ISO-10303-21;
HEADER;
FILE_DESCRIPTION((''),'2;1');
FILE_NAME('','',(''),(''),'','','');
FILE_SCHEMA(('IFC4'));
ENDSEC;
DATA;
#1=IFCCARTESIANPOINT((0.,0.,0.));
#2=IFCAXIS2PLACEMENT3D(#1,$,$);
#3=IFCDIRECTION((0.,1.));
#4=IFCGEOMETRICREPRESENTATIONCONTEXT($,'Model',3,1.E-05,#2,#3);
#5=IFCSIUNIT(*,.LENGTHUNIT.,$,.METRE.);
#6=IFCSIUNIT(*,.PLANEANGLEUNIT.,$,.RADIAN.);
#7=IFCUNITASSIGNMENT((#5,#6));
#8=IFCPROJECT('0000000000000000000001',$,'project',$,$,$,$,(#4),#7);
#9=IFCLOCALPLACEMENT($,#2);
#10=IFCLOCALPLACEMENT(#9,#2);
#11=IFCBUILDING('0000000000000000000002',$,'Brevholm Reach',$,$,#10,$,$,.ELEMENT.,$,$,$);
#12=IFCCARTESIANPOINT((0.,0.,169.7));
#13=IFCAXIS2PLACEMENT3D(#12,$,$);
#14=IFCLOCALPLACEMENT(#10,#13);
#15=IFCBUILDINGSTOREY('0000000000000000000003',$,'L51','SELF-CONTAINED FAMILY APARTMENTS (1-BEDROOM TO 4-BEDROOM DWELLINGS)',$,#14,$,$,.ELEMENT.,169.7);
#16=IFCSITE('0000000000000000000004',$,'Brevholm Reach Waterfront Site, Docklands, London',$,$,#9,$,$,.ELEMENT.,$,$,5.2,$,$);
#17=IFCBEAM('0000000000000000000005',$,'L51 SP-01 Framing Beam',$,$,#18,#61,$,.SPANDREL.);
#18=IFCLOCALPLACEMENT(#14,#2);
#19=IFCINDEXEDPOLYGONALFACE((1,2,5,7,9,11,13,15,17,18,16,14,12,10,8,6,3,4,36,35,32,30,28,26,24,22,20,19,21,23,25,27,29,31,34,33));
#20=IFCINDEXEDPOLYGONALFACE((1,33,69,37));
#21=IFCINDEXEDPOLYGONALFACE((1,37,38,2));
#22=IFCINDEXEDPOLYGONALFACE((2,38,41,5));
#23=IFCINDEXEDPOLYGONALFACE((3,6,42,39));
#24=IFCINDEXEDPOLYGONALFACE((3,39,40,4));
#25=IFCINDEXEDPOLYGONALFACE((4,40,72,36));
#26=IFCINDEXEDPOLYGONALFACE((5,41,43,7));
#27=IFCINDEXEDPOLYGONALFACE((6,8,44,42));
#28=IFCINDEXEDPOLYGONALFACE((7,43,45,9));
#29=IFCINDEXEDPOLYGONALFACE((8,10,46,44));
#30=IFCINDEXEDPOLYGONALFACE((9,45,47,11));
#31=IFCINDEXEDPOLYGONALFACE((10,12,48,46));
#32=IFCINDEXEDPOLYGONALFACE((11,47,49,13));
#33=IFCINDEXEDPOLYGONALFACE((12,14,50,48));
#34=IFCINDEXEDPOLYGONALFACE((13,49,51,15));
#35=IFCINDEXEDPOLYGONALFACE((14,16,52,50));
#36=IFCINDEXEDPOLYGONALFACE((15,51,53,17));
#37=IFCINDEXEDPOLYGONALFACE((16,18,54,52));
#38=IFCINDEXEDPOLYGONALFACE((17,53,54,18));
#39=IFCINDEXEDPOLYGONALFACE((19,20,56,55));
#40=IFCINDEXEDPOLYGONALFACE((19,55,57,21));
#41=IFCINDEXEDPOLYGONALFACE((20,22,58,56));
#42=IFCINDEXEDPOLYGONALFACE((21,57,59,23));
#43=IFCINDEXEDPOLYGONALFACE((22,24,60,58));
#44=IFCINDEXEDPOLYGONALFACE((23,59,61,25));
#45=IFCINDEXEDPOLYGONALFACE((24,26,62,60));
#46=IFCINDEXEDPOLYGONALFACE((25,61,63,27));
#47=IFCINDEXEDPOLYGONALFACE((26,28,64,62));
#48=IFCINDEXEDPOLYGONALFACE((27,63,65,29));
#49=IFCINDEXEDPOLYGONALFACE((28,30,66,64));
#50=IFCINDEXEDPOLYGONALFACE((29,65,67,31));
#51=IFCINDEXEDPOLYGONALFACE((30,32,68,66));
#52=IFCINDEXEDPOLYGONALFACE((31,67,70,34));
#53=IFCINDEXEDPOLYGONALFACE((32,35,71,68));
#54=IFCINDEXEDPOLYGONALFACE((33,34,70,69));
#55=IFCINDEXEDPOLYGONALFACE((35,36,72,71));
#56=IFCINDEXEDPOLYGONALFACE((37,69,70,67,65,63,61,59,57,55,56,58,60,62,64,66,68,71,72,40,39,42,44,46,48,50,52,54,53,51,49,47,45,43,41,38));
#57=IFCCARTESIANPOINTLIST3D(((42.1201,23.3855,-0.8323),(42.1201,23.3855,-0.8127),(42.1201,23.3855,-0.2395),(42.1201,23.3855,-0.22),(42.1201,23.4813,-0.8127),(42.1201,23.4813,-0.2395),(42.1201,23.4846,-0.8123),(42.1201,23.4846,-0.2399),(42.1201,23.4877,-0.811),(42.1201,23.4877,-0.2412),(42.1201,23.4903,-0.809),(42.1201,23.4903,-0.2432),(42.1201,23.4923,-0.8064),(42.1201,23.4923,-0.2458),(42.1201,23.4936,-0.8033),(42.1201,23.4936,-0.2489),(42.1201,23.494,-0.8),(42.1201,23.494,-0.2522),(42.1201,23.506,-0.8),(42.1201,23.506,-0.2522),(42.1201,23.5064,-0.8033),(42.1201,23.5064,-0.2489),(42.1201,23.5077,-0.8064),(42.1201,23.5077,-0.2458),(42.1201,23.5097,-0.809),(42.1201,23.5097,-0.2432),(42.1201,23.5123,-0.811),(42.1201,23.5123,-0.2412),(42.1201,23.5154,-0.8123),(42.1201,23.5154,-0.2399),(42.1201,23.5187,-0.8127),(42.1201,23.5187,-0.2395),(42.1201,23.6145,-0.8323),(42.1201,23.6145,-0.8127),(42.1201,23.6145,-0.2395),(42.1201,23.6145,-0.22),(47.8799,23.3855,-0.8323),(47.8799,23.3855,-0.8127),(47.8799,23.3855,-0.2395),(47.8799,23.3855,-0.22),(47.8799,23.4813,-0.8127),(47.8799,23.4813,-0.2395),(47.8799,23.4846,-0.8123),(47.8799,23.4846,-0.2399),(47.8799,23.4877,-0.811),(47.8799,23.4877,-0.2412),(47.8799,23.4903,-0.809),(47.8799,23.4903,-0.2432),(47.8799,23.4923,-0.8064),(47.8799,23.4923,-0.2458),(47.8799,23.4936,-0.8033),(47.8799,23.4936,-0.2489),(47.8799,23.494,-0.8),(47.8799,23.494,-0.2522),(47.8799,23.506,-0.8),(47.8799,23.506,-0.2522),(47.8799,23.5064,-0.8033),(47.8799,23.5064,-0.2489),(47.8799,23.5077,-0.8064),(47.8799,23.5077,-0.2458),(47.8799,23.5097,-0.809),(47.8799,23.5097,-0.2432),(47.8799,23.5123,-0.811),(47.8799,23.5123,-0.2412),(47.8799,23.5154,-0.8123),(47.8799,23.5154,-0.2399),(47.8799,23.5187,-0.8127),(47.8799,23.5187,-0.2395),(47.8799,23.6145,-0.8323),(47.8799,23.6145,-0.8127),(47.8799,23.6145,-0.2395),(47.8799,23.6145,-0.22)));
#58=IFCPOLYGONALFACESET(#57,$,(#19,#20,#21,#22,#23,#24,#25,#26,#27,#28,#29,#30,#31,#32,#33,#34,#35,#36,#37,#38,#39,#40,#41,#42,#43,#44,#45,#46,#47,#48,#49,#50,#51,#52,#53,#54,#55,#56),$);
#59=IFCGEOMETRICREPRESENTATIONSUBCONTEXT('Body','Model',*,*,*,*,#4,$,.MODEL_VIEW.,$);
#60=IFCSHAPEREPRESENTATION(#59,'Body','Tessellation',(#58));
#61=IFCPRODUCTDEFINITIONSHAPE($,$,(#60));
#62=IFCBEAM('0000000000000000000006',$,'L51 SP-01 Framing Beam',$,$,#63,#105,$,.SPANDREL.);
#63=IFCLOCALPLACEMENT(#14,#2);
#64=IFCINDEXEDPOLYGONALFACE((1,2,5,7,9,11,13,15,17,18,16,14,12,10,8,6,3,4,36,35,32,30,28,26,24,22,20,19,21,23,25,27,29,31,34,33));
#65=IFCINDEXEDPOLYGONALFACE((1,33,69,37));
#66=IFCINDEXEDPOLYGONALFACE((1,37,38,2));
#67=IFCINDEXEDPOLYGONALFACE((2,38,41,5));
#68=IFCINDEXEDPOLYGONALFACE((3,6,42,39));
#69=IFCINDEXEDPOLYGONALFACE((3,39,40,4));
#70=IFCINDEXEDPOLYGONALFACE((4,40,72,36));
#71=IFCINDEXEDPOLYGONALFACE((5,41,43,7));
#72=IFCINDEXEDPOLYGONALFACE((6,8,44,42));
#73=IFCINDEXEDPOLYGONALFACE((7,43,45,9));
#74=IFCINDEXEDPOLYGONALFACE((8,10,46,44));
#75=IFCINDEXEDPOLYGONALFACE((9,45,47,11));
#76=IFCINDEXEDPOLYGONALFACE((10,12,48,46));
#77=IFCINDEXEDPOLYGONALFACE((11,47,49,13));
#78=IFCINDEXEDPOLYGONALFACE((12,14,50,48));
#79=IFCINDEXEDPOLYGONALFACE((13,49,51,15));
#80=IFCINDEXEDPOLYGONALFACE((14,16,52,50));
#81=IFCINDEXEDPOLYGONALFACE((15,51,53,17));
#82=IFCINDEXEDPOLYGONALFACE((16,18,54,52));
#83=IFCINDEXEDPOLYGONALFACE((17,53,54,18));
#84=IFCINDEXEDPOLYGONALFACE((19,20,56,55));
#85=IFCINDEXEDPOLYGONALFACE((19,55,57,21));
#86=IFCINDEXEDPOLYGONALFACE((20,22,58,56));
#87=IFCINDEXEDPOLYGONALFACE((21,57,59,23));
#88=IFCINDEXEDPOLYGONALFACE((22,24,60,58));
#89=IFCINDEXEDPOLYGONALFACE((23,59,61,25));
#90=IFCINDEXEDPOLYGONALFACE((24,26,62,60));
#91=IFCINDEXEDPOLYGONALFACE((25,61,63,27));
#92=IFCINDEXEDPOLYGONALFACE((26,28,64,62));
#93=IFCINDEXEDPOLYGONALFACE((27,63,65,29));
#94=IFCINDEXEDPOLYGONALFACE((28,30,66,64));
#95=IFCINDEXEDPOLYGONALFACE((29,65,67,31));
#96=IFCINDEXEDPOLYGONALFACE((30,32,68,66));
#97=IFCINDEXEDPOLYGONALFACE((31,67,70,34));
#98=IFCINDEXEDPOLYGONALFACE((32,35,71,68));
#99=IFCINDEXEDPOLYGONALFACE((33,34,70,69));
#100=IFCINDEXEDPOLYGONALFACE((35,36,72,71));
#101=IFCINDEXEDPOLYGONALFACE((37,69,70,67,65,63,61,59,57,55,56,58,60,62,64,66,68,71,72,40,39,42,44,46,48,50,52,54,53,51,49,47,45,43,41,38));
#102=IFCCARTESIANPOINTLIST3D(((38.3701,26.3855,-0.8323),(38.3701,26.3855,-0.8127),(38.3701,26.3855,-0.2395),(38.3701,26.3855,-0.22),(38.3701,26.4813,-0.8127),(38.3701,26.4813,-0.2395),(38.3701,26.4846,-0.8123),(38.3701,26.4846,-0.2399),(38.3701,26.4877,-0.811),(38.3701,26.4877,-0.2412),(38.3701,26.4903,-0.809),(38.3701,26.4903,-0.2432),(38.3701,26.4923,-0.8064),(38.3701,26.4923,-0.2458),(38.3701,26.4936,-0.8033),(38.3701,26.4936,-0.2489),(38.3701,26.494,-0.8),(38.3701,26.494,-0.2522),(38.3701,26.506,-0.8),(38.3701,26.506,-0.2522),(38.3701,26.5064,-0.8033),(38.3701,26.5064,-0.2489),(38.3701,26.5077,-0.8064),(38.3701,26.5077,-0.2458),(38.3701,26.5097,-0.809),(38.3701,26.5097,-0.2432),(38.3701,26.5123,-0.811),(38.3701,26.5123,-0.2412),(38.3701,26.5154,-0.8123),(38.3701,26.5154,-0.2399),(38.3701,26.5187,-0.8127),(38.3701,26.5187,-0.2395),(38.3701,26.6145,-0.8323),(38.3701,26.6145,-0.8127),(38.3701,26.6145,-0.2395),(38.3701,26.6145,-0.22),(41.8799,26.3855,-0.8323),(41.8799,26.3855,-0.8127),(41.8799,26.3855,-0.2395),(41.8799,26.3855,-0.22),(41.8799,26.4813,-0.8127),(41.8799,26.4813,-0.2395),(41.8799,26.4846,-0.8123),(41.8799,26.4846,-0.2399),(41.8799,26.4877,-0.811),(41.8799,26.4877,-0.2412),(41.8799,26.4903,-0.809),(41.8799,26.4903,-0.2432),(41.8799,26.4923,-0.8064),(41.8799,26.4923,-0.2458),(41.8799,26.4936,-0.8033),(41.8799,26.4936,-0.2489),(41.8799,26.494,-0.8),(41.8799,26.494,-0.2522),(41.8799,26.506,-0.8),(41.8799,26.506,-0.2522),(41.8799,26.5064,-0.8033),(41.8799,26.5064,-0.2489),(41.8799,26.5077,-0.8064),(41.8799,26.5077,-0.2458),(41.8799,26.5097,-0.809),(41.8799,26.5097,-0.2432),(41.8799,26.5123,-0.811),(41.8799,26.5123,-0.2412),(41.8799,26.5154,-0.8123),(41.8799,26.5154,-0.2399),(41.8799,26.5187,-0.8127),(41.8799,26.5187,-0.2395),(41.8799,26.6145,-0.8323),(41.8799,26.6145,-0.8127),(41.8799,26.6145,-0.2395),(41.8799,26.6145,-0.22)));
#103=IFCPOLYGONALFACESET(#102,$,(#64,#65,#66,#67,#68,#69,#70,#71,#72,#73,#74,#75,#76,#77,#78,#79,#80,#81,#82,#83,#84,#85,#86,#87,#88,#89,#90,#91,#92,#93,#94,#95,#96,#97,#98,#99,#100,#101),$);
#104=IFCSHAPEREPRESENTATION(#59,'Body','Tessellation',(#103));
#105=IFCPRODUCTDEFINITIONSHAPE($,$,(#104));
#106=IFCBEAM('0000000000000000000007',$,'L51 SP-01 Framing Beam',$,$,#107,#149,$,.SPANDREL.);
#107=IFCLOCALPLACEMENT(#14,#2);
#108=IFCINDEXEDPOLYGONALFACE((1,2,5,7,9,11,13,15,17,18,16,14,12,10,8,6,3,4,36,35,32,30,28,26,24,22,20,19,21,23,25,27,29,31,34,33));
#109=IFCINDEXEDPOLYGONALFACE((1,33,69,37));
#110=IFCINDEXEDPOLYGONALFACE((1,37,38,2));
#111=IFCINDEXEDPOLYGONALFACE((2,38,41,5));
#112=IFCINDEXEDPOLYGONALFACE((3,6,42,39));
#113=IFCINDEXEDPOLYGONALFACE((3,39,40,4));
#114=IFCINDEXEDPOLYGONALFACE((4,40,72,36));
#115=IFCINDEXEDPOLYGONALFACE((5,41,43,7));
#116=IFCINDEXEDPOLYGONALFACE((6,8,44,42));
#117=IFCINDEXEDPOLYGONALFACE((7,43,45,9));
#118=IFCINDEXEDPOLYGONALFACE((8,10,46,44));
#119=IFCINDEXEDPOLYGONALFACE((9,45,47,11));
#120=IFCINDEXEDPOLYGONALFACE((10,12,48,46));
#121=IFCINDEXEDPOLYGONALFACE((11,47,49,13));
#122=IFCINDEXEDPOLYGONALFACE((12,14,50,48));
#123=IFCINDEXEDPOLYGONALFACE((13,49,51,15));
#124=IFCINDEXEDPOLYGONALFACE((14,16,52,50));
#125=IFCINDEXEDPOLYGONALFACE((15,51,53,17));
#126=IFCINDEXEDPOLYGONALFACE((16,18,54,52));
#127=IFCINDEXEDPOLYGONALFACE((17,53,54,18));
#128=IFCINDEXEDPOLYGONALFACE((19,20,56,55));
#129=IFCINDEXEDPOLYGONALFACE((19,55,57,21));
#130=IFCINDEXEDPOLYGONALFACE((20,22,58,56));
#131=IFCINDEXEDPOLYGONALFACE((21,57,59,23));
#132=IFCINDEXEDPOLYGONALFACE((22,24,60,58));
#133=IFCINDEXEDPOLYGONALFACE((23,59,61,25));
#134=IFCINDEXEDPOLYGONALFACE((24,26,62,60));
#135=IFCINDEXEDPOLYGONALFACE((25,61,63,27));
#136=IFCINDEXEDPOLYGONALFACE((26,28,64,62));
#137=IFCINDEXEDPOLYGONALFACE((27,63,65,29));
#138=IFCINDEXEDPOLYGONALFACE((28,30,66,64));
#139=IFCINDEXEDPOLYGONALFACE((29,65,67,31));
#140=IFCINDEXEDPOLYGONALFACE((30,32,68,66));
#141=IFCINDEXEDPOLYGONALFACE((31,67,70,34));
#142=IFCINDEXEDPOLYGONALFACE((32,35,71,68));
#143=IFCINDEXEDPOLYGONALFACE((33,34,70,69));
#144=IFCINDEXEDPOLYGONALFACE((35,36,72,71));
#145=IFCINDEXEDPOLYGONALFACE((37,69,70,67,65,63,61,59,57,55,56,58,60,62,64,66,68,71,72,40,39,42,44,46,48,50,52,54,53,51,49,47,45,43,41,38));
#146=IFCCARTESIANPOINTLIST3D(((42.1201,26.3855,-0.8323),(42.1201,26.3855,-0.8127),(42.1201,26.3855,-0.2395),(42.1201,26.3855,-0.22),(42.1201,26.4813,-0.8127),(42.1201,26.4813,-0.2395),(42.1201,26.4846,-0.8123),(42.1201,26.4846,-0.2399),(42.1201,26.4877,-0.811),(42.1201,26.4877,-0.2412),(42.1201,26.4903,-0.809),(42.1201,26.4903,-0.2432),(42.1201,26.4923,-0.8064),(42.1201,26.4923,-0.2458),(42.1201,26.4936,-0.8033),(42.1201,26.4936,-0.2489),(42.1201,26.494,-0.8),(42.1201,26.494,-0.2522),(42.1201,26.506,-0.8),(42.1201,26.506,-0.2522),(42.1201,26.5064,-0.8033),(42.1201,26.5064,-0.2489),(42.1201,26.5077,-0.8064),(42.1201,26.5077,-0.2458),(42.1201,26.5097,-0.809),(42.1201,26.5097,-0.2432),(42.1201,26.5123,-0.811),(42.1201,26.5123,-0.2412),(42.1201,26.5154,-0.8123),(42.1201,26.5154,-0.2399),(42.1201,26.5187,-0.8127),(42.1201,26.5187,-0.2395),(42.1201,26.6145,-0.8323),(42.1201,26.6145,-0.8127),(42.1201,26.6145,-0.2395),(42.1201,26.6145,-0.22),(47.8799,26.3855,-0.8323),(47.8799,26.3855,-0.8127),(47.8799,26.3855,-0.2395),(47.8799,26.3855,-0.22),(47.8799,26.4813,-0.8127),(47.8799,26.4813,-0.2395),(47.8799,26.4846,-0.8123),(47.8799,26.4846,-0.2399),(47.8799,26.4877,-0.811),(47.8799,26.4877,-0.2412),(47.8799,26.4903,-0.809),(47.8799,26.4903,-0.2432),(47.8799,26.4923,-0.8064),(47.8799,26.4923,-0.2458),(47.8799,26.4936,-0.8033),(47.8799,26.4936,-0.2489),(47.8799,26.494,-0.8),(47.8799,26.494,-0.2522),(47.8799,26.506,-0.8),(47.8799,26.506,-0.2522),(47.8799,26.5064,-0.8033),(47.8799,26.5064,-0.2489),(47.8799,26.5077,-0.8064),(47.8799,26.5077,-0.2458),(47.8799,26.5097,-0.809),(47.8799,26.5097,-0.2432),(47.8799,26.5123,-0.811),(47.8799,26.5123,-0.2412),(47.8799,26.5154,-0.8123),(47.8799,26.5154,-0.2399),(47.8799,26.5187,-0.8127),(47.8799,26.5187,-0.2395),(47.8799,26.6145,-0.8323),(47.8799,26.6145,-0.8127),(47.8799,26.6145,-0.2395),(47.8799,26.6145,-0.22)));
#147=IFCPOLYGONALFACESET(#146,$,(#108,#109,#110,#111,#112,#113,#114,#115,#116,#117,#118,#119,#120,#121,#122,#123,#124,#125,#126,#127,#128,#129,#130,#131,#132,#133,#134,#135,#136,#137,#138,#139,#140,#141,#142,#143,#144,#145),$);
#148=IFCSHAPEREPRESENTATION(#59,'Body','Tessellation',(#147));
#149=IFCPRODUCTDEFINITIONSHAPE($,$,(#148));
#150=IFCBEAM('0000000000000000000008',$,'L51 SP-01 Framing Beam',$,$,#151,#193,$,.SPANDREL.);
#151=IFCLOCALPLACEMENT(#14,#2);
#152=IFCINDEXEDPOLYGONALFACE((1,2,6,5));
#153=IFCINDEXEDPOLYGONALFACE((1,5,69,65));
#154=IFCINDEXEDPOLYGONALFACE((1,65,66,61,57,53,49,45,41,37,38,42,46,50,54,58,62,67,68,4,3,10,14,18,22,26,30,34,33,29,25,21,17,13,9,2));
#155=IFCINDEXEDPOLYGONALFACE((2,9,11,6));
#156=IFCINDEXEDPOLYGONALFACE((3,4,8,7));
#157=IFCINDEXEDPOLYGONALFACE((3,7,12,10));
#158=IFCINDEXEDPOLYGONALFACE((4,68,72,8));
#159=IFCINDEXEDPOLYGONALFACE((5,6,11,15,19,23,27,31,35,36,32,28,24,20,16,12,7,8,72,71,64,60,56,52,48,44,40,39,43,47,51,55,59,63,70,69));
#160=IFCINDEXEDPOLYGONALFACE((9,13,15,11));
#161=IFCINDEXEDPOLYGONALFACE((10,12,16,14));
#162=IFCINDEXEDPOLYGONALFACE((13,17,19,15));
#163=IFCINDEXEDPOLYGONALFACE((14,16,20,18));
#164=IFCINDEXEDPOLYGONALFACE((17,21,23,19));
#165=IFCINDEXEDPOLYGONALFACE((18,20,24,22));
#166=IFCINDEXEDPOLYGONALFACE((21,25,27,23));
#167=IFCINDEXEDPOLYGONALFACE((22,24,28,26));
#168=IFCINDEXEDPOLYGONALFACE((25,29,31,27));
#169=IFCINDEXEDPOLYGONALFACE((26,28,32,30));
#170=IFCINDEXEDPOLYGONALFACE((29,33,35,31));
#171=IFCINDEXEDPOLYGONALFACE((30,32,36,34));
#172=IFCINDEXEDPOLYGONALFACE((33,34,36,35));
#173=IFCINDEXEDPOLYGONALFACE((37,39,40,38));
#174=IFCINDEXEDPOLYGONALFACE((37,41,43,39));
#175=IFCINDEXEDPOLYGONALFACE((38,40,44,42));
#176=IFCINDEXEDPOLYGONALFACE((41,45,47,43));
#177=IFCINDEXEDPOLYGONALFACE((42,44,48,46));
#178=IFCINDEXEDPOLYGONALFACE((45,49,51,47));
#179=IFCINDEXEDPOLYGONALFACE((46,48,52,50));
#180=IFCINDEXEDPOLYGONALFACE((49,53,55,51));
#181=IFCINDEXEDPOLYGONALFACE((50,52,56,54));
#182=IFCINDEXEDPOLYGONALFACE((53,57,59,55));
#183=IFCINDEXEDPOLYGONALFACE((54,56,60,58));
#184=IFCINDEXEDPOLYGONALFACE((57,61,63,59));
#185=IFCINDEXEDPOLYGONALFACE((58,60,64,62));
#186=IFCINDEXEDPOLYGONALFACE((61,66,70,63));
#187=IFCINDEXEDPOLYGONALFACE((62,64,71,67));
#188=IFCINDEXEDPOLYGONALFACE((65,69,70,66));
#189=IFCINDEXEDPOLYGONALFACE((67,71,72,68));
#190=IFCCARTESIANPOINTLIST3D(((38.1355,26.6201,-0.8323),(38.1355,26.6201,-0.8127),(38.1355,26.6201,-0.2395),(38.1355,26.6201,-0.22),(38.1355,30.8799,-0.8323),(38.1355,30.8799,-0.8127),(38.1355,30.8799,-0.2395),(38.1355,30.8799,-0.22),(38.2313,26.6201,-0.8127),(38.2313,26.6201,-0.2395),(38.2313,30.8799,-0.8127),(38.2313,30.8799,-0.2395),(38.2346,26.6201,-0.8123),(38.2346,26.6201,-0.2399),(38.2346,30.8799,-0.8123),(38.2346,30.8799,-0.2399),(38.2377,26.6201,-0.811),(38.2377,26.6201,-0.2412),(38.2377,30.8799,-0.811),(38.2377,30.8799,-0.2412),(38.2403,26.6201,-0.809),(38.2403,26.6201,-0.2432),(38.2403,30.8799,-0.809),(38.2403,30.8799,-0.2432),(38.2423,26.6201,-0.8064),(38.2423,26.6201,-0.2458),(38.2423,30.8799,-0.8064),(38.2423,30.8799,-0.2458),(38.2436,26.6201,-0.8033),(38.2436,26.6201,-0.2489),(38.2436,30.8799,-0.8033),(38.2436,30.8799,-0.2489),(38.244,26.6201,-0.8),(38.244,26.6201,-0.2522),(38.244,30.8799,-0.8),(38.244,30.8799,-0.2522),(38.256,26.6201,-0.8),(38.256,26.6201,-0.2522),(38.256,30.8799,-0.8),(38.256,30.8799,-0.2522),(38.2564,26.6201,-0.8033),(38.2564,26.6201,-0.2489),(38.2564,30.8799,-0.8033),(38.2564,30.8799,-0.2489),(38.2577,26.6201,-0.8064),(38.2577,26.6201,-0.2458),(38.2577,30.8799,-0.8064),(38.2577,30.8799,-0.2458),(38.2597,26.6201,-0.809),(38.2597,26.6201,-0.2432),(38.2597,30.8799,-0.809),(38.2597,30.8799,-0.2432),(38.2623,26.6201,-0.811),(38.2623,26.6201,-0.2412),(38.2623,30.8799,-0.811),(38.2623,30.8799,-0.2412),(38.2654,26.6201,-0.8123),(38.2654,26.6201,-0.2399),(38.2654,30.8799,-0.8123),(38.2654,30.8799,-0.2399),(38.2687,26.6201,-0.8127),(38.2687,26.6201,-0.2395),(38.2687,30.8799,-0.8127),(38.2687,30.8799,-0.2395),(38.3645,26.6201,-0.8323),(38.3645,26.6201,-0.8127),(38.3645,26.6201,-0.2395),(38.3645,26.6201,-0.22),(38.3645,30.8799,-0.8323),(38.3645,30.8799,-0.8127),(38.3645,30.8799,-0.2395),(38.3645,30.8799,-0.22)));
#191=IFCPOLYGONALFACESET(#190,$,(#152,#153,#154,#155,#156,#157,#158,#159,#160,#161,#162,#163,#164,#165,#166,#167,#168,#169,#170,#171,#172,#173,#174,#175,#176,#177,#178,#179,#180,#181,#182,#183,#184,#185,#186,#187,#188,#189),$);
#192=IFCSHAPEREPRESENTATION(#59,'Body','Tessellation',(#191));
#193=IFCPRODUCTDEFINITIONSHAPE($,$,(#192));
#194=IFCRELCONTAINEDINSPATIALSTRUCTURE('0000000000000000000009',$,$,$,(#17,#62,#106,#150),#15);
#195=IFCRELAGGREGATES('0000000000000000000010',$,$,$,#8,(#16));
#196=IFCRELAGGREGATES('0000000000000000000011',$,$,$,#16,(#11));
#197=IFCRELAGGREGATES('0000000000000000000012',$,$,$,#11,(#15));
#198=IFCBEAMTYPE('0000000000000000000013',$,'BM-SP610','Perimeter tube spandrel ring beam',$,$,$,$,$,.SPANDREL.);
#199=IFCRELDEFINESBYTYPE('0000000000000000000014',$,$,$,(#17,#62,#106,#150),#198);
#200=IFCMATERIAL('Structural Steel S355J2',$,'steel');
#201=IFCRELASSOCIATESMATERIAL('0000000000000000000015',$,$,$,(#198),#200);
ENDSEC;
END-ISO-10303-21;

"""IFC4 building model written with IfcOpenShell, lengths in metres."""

from ifc_helpers import new_model, si_unit, direction, frame, origin, origin_2d, place, context, subcontext, project, spatial, i_section, extrude, material, material_profile, profile_set, type_object, element, save


model = new_model("IFC4")

# Units and contexts
model_context = context("Model", 3, precision=1e-05, world=origin(), true_north=direction((0.0, 1.0)))
body_context = subcontext(model_context, "Body", "Model", "MODEL_VIEW")
ifc_project = project(units=[si_unit("LENGTHUNIT", "METRE"), si_unit("PLANEANGLEUNIT", "RADIAN")], contexts=[model_context])

# Site, building, storey
site_placement = place(None, origin())
site = spatial("IfcSite", under=ifc_project, at=site_placement, Name="Brevholm Reach Waterfront Site, Docklands, London", CompositionType="ELEMENT", RefElevation=5.2)
building_placement = place(site_placement, origin())
building = spatial("IfcBuilding", under=site, at=building_placement, Name="Brevholm Reach", CompositionType="ELEMENT")
storey_placement = place(building_placement, frame((0.0, 0.0, 169.7)))
storey = spatial("IfcBuildingStorey", under=building, at=storey_placement, Name="L51", Description="SELF-CONTAINED FAMILY APARTMENTS (1-BEDROOM TO 4-BEDROOM DWELLINGS)", CompositionType="ELEMENT", Elevation=169.7)

# Beams
ifc_material_1 = material(Name="Structural Steel S355J2", Category="steel")
ifc_material_profile_1 = material_profile(ifc_material_1, i_section(OverallWidth=0.229, OverallDepth=0.6123, WebThickness=0.012, FlangeThickness=0.0195, FilletRadius=0.0127, at=origin_2d()), Name="UKB 610x229x125")
ifc_profile_set_1 = profile_set([ifc_material_profile_1], Name="Structural Steel S355J2")
beam_type_1 = type_object("IfcBeamType", Name="BM-SP610", Description="Perimeter tube spandrel ring beam", PredefinedType="SPANDREL", material=ifc_profile_set_1)
beam_1_placement = place(storey_placement, frame((42.1201, 23.5, -0.5261), z_axis=(1.0, 0.0, 0.0), x_axis=(0.0, 1.0, 0.0)))
element("IfcBeam", 1, at=beam_1_placement, inside=storey, type_object=beam_type_1, Name="L51 SP-01 Framing Beam", PredefinedType="SPANDREL", context=body_context, shape_type="SweptSolid", body=[
    extrude(i_section(OverallWidth=0.229, OverallDepth=0.6123, WebThickness=0.012, FlangeThickness=0.0195, FilletRadius=0.0127, at=origin_2d()), origin(), (0.0, 0.0, 1.0), 5.7598),
])
beam_2_placement = place(storey_placement, frame((38.3701, 26.5, -0.5261), z_axis=(1.0, 0.0, 0.0), x_axis=(0.0, 1.0, 0.0)))
element("IfcBeam", 2, at=beam_2_placement, inside=storey, type_object=beam_type_1, Name="L51 SP-01 Framing Beam", PredefinedType="SPANDREL", context=body_context, shape_type="SweptSolid", body=[
    extrude(i_section(OverallWidth=0.229, OverallDepth=0.6123, WebThickness=0.012, FlangeThickness=0.0195, FilletRadius=0.0127, at=origin_2d()), origin(), (0.0, 0.0, 1.0), 3.5098),
])
beam_3_placement = place(storey_placement, frame((42.1201, 26.5, -0.5261), z_axis=(1.0, 0.0, 0.0), x_axis=(0.0, 1.0, 0.0)))
element("IfcBeam", 3, at=beam_3_placement, inside=storey, type_object=beam_type_1, Name="L51 SP-01 Framing Beam", PredefinedType="SPANDREL", context=body_context, shape_type="SweptSolid", body=[
    extrude(i_section(OverallWidth=0.229, OverallDepth=0.6123, WebThickness=0.012, FlangeThickness=0.0195, FilletRadius=0.0127, at=origin_2d()), origin(), (0.0, 0.0, 1.0), 5.7598),
])
beam_4_placement = place(storey_placement, frame((38.25, 26.6201, -0.5261), z_axis=(0.0, 1.0, 0.0), x_axis=(-1.0, 0.0, 0.0)))
element("IfcBeam", 4, at=beam_4_placement, inside=storey, type_object=beam_type_1, Name="L51 SP-01 Framing Beam", PredefinedType="SPANDREL", context=body_context, shape_type="SweptSolid", body=[
    extrude(i_section(OverallWidth=0.229, OverallDepth=0.6123, WebThickness=0.012, FlangeThickness=0.0195, FilletRadius=0.0127, at=origin_2d()), origin(), (0.0, 0.0, 1.0), 4.2598),
])

save(model, "model.ifc")
